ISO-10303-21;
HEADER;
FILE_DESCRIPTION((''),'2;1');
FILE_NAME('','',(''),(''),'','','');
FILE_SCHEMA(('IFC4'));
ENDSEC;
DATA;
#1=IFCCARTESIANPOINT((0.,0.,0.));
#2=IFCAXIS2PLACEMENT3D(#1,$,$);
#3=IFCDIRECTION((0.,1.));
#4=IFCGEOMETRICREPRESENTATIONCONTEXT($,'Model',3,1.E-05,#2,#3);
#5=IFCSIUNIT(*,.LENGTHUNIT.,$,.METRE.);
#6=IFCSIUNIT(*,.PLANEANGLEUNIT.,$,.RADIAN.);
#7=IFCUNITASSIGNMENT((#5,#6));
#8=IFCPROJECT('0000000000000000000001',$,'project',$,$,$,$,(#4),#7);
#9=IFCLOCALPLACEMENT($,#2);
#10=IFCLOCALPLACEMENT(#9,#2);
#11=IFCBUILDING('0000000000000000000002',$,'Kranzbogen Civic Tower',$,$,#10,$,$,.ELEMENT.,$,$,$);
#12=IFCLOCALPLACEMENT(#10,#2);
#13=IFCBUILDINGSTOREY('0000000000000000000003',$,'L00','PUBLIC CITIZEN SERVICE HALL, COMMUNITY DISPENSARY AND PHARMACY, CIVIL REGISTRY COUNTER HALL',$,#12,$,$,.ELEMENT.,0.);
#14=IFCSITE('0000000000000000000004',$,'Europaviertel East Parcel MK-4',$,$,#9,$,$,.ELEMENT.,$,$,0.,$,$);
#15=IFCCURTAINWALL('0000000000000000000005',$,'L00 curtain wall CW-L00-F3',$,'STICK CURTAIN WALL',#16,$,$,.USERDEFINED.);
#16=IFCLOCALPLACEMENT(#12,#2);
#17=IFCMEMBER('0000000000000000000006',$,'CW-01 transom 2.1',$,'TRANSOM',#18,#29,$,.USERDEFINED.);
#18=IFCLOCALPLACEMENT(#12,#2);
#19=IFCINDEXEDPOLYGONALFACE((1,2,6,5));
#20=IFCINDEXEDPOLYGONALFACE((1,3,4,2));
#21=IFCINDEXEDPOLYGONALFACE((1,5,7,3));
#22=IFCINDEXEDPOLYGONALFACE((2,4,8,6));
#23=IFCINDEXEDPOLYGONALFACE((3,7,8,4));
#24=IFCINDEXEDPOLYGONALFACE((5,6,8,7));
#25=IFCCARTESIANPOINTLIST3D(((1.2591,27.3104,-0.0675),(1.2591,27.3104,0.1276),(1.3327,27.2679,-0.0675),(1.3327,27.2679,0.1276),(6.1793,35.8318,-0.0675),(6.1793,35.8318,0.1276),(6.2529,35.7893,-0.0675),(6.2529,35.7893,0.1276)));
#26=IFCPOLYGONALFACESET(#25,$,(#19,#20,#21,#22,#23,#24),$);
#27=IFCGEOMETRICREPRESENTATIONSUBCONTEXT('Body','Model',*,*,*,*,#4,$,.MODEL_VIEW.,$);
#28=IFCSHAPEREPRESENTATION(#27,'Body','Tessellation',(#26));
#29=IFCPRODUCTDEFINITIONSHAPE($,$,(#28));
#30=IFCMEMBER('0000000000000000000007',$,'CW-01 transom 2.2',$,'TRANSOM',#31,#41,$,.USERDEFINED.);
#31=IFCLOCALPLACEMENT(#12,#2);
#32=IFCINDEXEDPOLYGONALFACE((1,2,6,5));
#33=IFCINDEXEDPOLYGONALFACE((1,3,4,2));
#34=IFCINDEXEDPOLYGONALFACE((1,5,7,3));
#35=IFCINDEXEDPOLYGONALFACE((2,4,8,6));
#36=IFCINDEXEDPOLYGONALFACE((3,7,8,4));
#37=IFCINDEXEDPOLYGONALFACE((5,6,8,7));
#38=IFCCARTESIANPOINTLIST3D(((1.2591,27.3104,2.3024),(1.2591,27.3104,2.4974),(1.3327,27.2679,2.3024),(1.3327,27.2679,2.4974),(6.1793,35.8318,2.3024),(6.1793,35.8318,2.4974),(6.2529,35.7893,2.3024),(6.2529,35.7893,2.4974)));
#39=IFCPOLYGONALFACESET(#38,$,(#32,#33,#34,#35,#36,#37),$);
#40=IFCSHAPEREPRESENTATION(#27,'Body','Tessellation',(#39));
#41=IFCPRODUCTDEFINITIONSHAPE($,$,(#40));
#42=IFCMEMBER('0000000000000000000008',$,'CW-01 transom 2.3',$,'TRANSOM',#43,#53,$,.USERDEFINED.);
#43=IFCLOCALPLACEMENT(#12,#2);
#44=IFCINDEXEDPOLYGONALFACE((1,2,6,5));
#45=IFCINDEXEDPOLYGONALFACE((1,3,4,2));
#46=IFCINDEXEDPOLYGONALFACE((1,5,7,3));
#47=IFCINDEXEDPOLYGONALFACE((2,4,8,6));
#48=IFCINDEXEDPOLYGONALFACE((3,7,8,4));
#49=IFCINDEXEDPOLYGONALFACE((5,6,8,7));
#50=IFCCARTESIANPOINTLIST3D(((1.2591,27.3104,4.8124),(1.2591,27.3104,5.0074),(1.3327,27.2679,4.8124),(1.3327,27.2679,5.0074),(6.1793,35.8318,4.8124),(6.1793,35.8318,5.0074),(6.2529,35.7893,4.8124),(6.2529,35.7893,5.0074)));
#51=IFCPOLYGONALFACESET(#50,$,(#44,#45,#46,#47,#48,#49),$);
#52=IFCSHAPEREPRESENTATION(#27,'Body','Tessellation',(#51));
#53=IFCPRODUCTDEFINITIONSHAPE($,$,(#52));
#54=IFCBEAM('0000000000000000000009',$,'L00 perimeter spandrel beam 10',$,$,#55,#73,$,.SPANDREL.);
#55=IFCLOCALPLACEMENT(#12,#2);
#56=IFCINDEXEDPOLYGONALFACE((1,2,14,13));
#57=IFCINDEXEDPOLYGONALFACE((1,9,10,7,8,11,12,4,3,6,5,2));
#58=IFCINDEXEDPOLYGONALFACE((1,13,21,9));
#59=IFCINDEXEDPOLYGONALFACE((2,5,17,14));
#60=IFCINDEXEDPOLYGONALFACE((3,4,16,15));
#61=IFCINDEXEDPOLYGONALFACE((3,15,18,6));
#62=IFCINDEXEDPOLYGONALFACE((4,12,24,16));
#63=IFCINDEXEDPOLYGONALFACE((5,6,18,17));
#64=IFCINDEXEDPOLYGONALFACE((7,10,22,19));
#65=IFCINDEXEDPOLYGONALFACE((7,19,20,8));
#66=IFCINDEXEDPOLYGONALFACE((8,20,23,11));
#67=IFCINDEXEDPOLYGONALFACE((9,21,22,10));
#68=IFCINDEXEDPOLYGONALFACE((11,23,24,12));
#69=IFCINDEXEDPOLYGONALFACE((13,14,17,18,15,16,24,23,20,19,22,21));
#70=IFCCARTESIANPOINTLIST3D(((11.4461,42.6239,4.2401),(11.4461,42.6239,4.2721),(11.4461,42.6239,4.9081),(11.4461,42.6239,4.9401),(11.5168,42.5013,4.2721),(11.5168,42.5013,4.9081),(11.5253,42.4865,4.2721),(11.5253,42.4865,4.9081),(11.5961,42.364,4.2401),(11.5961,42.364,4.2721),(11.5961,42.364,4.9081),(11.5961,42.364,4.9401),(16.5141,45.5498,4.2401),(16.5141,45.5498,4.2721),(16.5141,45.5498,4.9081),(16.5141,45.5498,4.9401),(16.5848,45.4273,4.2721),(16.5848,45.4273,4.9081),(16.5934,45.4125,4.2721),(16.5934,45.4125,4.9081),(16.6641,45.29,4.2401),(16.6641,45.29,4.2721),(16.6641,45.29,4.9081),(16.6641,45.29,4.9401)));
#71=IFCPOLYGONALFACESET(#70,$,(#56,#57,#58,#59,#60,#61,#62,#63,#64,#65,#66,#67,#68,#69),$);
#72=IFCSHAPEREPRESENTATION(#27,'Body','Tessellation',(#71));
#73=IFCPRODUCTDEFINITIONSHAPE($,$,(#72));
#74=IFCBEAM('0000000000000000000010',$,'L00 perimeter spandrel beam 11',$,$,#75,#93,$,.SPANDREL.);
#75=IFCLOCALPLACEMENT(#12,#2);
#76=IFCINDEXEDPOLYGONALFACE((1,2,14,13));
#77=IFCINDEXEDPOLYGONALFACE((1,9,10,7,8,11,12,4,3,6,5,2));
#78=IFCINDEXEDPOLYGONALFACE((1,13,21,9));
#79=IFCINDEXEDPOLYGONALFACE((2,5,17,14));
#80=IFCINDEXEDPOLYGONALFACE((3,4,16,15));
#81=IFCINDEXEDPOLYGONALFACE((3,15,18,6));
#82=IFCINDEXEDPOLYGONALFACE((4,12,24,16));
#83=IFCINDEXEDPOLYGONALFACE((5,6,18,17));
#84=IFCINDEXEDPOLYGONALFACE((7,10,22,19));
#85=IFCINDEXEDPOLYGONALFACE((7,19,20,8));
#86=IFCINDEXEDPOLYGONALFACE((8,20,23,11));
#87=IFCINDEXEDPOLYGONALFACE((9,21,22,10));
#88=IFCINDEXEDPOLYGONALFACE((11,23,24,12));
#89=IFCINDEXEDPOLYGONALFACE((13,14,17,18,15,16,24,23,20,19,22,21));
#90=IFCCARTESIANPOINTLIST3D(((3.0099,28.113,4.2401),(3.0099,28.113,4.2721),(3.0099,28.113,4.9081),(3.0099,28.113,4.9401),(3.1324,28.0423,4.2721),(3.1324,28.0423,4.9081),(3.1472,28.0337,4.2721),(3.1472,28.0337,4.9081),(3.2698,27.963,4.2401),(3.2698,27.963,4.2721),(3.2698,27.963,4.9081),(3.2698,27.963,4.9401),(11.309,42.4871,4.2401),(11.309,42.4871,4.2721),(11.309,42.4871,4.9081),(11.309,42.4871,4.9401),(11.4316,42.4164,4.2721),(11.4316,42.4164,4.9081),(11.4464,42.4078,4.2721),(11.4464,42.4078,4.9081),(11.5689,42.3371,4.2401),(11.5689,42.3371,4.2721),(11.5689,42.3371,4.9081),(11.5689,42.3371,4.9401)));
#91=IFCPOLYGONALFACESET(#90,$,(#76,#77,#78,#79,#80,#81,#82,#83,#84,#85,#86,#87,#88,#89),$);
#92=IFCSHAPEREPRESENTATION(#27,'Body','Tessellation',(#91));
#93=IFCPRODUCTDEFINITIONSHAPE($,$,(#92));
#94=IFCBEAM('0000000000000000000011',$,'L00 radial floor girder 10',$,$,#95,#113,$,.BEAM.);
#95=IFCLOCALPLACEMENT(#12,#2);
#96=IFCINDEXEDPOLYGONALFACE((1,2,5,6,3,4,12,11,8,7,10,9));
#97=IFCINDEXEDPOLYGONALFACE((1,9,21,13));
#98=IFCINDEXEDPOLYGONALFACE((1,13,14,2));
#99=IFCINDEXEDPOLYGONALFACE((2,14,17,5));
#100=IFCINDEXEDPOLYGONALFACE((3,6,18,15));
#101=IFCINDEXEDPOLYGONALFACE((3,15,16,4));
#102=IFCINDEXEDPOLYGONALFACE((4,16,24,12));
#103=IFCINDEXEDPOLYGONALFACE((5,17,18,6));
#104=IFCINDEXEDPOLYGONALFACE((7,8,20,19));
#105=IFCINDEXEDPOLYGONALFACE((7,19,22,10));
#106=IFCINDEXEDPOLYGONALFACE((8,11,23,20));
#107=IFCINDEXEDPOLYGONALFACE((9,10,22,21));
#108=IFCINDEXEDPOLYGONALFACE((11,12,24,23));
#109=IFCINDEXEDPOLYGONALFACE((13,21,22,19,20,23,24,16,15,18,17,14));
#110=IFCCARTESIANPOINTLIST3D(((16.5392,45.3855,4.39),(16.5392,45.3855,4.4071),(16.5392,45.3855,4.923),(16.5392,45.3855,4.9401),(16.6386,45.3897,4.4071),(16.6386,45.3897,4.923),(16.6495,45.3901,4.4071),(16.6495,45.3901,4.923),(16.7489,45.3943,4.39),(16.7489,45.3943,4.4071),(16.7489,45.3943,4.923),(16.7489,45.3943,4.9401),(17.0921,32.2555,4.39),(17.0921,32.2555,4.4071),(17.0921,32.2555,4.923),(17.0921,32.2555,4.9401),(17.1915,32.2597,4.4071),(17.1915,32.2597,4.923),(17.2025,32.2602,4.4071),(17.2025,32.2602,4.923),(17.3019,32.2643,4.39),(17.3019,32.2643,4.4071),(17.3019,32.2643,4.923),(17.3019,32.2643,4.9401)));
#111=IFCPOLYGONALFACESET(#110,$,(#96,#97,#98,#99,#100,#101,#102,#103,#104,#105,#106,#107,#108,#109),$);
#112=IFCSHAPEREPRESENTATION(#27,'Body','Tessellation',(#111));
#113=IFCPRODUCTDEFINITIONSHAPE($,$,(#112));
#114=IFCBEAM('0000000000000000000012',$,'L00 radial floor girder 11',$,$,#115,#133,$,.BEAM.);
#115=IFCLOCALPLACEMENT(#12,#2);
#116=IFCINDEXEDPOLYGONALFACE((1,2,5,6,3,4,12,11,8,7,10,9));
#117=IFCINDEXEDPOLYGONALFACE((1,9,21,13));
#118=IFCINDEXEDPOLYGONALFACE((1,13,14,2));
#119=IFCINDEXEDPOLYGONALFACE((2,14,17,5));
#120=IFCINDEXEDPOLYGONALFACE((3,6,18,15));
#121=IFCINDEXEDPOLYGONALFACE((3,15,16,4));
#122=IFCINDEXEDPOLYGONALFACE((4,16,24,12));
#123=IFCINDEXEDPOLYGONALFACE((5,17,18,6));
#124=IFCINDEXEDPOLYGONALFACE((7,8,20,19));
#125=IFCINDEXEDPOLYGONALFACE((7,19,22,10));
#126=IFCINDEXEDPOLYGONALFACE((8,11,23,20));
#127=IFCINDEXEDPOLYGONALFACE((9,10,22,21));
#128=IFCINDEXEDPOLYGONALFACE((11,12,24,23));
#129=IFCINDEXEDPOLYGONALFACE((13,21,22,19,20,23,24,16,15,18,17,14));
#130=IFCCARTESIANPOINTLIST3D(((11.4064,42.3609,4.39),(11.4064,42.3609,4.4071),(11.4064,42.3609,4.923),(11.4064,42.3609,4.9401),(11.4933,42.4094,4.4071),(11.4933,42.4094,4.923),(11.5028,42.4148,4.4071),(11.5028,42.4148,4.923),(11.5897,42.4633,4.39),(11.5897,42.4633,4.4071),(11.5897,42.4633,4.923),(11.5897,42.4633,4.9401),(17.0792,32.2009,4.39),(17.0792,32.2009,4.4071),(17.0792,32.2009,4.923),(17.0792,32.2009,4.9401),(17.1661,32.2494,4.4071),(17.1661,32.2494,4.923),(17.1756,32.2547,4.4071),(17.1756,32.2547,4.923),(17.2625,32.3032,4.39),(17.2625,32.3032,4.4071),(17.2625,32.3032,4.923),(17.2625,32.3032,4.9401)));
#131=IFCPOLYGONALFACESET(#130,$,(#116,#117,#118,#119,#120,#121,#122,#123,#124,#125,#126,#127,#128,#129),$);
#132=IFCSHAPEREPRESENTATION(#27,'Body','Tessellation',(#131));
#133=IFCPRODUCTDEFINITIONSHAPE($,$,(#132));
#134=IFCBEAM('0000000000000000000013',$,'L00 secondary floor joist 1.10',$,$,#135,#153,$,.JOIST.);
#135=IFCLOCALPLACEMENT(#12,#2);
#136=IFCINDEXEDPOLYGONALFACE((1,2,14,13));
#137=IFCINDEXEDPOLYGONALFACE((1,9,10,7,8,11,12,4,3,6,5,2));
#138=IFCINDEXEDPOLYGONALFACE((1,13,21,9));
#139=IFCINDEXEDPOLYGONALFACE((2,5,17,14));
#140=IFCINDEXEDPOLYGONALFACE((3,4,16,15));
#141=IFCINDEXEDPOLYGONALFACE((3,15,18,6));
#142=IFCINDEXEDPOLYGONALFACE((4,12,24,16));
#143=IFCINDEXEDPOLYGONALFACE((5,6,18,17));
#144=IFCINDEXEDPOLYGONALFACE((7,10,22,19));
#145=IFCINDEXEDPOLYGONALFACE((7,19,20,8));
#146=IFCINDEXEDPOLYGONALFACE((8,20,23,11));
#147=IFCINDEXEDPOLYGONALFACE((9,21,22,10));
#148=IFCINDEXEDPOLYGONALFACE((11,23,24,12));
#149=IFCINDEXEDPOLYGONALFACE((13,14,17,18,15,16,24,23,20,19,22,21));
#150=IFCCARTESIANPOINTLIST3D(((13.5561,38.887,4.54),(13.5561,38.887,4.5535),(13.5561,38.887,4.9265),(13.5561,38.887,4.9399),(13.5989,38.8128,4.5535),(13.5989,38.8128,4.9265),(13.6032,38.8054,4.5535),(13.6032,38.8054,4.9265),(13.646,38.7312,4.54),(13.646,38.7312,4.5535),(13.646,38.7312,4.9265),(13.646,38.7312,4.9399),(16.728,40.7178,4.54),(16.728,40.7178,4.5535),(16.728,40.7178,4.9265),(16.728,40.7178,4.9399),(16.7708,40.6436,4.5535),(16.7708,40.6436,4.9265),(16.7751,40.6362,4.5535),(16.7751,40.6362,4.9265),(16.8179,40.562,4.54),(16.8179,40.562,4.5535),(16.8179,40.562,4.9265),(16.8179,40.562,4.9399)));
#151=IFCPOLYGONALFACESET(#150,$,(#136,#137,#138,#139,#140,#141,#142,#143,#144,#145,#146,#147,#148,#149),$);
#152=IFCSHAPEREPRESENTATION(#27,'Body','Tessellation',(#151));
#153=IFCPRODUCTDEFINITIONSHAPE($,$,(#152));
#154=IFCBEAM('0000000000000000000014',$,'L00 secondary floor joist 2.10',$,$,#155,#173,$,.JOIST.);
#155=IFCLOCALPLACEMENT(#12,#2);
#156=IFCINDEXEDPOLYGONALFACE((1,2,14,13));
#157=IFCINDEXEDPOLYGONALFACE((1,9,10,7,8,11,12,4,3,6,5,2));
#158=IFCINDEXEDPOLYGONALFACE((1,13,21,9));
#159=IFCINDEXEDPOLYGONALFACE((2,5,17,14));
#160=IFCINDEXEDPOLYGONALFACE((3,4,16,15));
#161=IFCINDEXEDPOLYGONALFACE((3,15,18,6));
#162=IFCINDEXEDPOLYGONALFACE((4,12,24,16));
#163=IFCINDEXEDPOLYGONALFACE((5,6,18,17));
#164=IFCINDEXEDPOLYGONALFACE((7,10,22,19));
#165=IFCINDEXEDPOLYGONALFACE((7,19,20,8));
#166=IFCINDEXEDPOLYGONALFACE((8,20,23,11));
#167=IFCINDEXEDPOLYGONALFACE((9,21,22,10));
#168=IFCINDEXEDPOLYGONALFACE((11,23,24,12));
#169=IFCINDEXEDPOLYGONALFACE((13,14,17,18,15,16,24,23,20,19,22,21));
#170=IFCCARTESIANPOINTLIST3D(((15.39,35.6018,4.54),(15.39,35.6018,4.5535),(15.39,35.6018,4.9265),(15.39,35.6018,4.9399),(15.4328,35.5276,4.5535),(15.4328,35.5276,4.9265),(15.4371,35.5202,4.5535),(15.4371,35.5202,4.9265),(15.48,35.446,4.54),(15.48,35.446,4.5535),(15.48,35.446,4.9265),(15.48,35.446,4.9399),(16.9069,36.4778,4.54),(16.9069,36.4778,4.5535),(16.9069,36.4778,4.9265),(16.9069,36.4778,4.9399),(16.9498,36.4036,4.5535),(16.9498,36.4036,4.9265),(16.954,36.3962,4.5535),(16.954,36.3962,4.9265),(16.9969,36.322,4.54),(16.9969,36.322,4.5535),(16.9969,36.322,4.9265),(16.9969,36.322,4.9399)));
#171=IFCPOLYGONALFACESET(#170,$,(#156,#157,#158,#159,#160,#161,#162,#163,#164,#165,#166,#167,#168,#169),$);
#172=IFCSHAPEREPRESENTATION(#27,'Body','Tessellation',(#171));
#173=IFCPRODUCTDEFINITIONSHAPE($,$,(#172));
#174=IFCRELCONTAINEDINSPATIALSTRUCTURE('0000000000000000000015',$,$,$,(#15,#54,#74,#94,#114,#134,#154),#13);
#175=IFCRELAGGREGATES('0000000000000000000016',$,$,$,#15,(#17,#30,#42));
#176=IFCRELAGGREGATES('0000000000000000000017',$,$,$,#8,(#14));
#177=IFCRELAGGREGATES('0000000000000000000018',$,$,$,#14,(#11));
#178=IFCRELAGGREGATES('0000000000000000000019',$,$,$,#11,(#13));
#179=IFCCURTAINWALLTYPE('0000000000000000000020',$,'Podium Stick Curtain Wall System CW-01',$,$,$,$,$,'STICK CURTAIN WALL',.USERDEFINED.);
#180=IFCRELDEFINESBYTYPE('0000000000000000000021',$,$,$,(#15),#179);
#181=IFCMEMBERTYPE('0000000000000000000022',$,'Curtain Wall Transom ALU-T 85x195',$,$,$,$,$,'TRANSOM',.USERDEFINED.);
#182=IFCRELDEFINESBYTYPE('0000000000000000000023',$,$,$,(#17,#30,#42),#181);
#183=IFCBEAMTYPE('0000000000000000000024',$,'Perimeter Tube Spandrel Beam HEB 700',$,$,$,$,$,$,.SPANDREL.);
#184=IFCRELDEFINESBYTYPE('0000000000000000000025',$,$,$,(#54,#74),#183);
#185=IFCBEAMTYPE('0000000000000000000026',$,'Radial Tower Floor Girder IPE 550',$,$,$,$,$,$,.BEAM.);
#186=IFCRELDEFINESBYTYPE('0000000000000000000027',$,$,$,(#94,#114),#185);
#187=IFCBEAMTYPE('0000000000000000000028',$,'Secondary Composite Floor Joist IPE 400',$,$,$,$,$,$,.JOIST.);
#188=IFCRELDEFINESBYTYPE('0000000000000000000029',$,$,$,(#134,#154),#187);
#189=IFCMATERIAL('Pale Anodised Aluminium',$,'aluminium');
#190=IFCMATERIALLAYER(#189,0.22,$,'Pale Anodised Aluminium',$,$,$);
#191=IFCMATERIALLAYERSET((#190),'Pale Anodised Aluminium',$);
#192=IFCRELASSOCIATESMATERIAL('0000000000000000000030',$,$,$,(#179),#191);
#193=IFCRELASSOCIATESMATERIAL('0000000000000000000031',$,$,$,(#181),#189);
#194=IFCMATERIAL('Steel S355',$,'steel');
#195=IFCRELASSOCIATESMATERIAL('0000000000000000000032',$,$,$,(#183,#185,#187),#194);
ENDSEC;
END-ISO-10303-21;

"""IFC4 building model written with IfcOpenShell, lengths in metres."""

from ifc_helpers import new_model, si_unit, direction, frame, origin, origin_2d, place, context, subcontext, project, spatial, rectangle, i_section, extrude, material, layer, layer_set, material_profile, profile_set, type_object, element, aggregate, save


model = new_model("IFC4")

# Units and contexts
model_context = context("Model", 3, precision=1e-05, world=origin(), true_north=direction((0.0, 1.0)))
body_context = subcontext(model_context, "Body", "Model", "MODEL_VIEW")
ifc_project = project(units=[si_unit("LENGTHUNIT", "METRE"), si_unit("PLANEANGLEUNIT", "RADIAN")], contexts=[model_context])

# Site, building, storey
site_placement = place(None, origin())
site = spatial("IfcSite", under=ifc_project, at=site_placement, Name="Europaviertel East Parcel MK-4", CompositionType="ELEMENT", RefElevation=0.0)
building_placement = place(site_placement, origin())
building = spatial("IfcBuilding", under=site, at=building_placement, Name="Kranzbogen Civic Tower", CompositionType="ELEMENT")
storey_placement = place(building_placement, origin())
storey = spatial("IfcBuildingStorey", under=building, at=storey_placement, Name="L00", Description="PUBLIC CITIZEN SERVICE HALL, COMMUNITY DISPENSARY AND PHARMACY, CIVIL REGISTRY COUNTER HALL", CompositionType="ELEMENT", Elevation=0.0)

# Shared definitions
ifc_material_1 = material(Name="Pale Anodised Aluminium", Category="aluminium")

# Shared definitions
ifc_layer_1 = layer(ifc_material_1, 0.22, Name="Pale Anodised Aluminium")
ifc_layer_set_1 = layer_set([ifc_layer_1], Name="Pale Anodised Aluminium")
curtain_wall_type_1 = type_object("IfcCurtainWallType", Name="Podium Stick Curtain Wall System CW-01", ElementType="STICK CURTAIN WALL", PredefinedType="USERDEFINED", material=ifc_layer_set_1)

# Curtain wall
curtain_wall_1_placement = place(storey_placement, origin())
curtain_wall_1 = element("IfcCurtainWall", 1, at=curtain_wall_1_placement, inside=storey, type_object=curtain_wall_type_1, Name="L00 curtain wall CW-L00-F3", ObjectType="STICK CURTAIN WALL", PredefinedType="USERDEFINED")

# Members
ifc_material_profile_1 = material_profile(ifc_material_1, rectangle(XDim=0.085, YDim=0.1951, at=origin_2d()), Name="ALU-T 85x195")
ifc_profile_set_1 = profile_set([ifc_material_profile_1], Name="Pale Anodised Aluminium")
member_type_1 = type_object("IfcMemberType", Name="Curtain Wall Transom ALU-T 85x195", ElementType="TRANSOM", PredefinedType="USERDEFINED", material=ifc_profile_set_1)
member_1_placement = place(storey_placement, frame((6.2161, 35.8105, 0.03), z_axis=(-0.500022, -0.866013, 0.0), x_axis=(0.866013, -0.500022, 0.0)))
member_1 = element("IfcMember", 2, at=member_1_placement, type_object=member_type_1, Name="CW-01 transom 2.1", ObjectType="TRANSOM", PredefinedType="USERDEFINED", context=body_context, shape_type="SweptSolid", body=[
    extrude(rectangle(XDim=0.085, YDim=0.1951, at=origin_2d()), origin(), (0.0, 0.0, 1.0), 9.8398),
])
member_2_placement = place(storey_placement, frame((6.2161, 35.8105, 2.3999), z_axis=(-0.500022, -0.866013, 0.0), x_axis=(0.866013, -0.500022, 0.0)))
member_2 = element("IfcMember", 3, at=member_2_placement, type_object=member_type_1, Name="CW-01 transom 2.2", ObjectType="TRANSOM", PredefinedType="USERDEFINED", context=body_context, shape_type="SweptSolid", body=[
    extrude(rectangle(XDim=0.085, YDim=0.1951, at=origin_2d()), origin(), (0.0, 0.0, 1.0), 9.8398),
])
member_3_placement = place(storey_placement, frame((6.2161, 35.8105, 4.9099), z_axis=(-0.500022, -0.866013, 0.0), x_axis=(0.866013, -0.500022, 0.0)))
member_3 = element("IfcMember", 4, at=member_3_placement, type_object=member_type_1, Name="CW-01 transom 2.3", ObjectType="TRANSOM", PredefinedType="USERDEFINED", context=body_context, shape_type="SweptSolid", body=[
    extrude(rectangle(XDim=0.085, YDim=0.1951, at=origin_2d()), origin(), (0.0, 0.0, 1.0), 9.8398),
])

# Beams
ifc_material_2 = material(Name="Steel S355", Category="steel")
ifc_material_profile_2 = material_profile(ifc_material_2, i_section(OverallWidth=0.3, OverallDepth=0.7, WebThickness=0.0171, FlangeThickness=0.032, at=origin_2d()), Name="HEB 700")
ifc_profile_set_2 = profile_set([ifc_material_profile_2], Name="Steel S355")
beam_type_1 = type_object("IfcBeamType", Name="Perimeter Tube Spandrel Beam HEB 700", PredefinedType="SPANDREL", material=ifc_profile_set_2)
beam_1_placement = place(storey_placement, frame((16.5891, 45.4199, 4.5901), z_axis=(-0.866029, -0.499993, 0.0), x_axis=(0.499993, -0.866029, 0.0)))
element("IfcBeam", 5, at=beam_1_placement, inside=storey, type_object=beam_type_1, Name="L00 perimeter spandrel beam 10", PredefinedType="SPANDREL", context=body_context, shape_type="SweptSolid", body=[
    extrude(i_section(OverallWidth=0.3, OverallDepth=0.7, WebThickness=0.0171, FlangeThickness=0.032, at=origin_2d()), origin(), (0.0, 0.0, 1.0), 5.8521),
])
beam_2_placement = place(storey_placement, frame((11.439, 42.4121, 4.5901), z_axis=(-0.50001, -0.86602, 0.0), x_axis=(0.86602, -0.50001, 0.0)))
element("IfcBeam", 6, at=beam_2_placement, inside=storey, type_object=beam_type_1, Name="L00 perimeter spandrel beam 11", PredefinedType="SPANDREL", context=body_context, shape_type="SweptSolid", body=[
    extrude(i_section(OverallWidth=0.3, OverallDepth=0.7, WebThickness=0.0171, FlangeThickness=0.032, at=origin_2d()), origin(), (0.0, 0.0, 1.0), 16.5979),
])
ifc_material_profile_3 = material_profile(ifc_material_2, i_section(OverallWidth=0.21, OverallDepth=0.55, WebThickness=0.011, FlangeThickness=0.0171, at=origin_2d()), Name="IPE 550")
ifc_profile_set_3 = profile_set([ifc_material_profile_3], Name="Steel S355")
beam_type_2 = type_object("IfcBeamType", Name="Radial Tower Floor Girder IPE 550", PredefinedType="BEAM", material=ifc_profile_set_3)
beam_3_placement = place(storey_placement, frame((16.644, 45.3899, 4.665), z_axis=(0.042079, -0.999114, 0.0), x_axis=(0.999114, 0.042079, 0.0)))
element("IfcBeam", 7, at=beam_3_placement, inside=storey, type_object=beam_type_2, Name="L00 radial floor girder 10", PredefinedType="BEAM", context=body_context, shape_type="SweptSolid", body=[
    extrude(i_section(OverallWidth=0.21, OverallDepth=0.55, WebThickness=0.011, FlangeThickness=0.0171, at=origin_2d()), origin(), (0.0, 0.0, 1.0), 13.1416),
])
beam_4_placement = place(storey_placement, frame((11.498, 42.4121, 4.665), z_axis=(0.487502, -0.873122, 0.0), x_axis=(0.873122, 0.487502, 0.0)))
element("IfcBeam", 8, at=beam_4_placement, inside=storey, type_object=beam_type_2, Name="L00 radial floor girder 11", PredefinedType="BEAM", context=body_context, shape_type="SweptSolid", body=[
    extrude(i_section(OverallWidth=0.21, OverallDepth=0.55, WebThickness=0.011, FlangeThickness=0.0171, at=origin_2d()), origin(), (0.0, 0.0, 1.0), 11.6365),
])
ifc_material_profile_4 = material_profile(ifc_material_2, i_section(OverallWidth=0.1799, OverallDepth=0.3999, WebThickness=0.0085, FlangeThickness=0.0134, at=origin_2d()), Name="IPE 400")
ifc_profile_set_4 = profile_set([ifc_material_profile_4], Name="Steel S355")
beam_type_3 = type_object("IfcBeamType", Name="Secondary Composite Floor Joist IPE 400", PredefinedType="JOIST", material=ifc_profile_set_4)
beam_5_placement = place(storey_placement, frame((16.7729, 40.6399, 4.74), z_axis=(-0.866081, -0.499903, 0.0), x_axis=(0.499903, -0.866081, 0.0)))
element("IfcBeam", 9, at=beam_5_placement, inside=storey, type_object=beam_type_3, Name="L00 secondary floor joist 1.10", PredefinedType="JOIST", context=body_context, shape_type="SweptSolid", body=[
    extrude(i_section(OverallWidth=0.1799, OverallDepth=0.3999, WebThickness=0.0085, FlangeThickness=0.0134, at=origin_2d()), origin(), (0.0, 0.0, 1.0), 3.6624),
])
beam_6_placement = place(storey_placement, frame((16.9519, 36.3999, 4.74), z_axis=(-0.86597, -0.500096, 0.0), x_axis=(0.500096, -0.86597, 0.0)))
element("IfcBeam", 10, at=beam_6_placement, inside=storey, type_object=beam_type_3, Name="L00 secondary floor joist 2.10", PredefinedType="JOIST", context=body_context, shape_type="SweptSolid", body=[
    extrude(i_section(OverallWidth=0.1799, OverallDepth=0.3999, WebThickness=0.0085, FlangeThickness=0.0134, at=origin_2d()), origin(), (0.0, 0.0, 1.0), 1.7517),
])

aggregate(curtain_wall_1, [member_1, member_2, member_3])

save(model, "model.ifc")
